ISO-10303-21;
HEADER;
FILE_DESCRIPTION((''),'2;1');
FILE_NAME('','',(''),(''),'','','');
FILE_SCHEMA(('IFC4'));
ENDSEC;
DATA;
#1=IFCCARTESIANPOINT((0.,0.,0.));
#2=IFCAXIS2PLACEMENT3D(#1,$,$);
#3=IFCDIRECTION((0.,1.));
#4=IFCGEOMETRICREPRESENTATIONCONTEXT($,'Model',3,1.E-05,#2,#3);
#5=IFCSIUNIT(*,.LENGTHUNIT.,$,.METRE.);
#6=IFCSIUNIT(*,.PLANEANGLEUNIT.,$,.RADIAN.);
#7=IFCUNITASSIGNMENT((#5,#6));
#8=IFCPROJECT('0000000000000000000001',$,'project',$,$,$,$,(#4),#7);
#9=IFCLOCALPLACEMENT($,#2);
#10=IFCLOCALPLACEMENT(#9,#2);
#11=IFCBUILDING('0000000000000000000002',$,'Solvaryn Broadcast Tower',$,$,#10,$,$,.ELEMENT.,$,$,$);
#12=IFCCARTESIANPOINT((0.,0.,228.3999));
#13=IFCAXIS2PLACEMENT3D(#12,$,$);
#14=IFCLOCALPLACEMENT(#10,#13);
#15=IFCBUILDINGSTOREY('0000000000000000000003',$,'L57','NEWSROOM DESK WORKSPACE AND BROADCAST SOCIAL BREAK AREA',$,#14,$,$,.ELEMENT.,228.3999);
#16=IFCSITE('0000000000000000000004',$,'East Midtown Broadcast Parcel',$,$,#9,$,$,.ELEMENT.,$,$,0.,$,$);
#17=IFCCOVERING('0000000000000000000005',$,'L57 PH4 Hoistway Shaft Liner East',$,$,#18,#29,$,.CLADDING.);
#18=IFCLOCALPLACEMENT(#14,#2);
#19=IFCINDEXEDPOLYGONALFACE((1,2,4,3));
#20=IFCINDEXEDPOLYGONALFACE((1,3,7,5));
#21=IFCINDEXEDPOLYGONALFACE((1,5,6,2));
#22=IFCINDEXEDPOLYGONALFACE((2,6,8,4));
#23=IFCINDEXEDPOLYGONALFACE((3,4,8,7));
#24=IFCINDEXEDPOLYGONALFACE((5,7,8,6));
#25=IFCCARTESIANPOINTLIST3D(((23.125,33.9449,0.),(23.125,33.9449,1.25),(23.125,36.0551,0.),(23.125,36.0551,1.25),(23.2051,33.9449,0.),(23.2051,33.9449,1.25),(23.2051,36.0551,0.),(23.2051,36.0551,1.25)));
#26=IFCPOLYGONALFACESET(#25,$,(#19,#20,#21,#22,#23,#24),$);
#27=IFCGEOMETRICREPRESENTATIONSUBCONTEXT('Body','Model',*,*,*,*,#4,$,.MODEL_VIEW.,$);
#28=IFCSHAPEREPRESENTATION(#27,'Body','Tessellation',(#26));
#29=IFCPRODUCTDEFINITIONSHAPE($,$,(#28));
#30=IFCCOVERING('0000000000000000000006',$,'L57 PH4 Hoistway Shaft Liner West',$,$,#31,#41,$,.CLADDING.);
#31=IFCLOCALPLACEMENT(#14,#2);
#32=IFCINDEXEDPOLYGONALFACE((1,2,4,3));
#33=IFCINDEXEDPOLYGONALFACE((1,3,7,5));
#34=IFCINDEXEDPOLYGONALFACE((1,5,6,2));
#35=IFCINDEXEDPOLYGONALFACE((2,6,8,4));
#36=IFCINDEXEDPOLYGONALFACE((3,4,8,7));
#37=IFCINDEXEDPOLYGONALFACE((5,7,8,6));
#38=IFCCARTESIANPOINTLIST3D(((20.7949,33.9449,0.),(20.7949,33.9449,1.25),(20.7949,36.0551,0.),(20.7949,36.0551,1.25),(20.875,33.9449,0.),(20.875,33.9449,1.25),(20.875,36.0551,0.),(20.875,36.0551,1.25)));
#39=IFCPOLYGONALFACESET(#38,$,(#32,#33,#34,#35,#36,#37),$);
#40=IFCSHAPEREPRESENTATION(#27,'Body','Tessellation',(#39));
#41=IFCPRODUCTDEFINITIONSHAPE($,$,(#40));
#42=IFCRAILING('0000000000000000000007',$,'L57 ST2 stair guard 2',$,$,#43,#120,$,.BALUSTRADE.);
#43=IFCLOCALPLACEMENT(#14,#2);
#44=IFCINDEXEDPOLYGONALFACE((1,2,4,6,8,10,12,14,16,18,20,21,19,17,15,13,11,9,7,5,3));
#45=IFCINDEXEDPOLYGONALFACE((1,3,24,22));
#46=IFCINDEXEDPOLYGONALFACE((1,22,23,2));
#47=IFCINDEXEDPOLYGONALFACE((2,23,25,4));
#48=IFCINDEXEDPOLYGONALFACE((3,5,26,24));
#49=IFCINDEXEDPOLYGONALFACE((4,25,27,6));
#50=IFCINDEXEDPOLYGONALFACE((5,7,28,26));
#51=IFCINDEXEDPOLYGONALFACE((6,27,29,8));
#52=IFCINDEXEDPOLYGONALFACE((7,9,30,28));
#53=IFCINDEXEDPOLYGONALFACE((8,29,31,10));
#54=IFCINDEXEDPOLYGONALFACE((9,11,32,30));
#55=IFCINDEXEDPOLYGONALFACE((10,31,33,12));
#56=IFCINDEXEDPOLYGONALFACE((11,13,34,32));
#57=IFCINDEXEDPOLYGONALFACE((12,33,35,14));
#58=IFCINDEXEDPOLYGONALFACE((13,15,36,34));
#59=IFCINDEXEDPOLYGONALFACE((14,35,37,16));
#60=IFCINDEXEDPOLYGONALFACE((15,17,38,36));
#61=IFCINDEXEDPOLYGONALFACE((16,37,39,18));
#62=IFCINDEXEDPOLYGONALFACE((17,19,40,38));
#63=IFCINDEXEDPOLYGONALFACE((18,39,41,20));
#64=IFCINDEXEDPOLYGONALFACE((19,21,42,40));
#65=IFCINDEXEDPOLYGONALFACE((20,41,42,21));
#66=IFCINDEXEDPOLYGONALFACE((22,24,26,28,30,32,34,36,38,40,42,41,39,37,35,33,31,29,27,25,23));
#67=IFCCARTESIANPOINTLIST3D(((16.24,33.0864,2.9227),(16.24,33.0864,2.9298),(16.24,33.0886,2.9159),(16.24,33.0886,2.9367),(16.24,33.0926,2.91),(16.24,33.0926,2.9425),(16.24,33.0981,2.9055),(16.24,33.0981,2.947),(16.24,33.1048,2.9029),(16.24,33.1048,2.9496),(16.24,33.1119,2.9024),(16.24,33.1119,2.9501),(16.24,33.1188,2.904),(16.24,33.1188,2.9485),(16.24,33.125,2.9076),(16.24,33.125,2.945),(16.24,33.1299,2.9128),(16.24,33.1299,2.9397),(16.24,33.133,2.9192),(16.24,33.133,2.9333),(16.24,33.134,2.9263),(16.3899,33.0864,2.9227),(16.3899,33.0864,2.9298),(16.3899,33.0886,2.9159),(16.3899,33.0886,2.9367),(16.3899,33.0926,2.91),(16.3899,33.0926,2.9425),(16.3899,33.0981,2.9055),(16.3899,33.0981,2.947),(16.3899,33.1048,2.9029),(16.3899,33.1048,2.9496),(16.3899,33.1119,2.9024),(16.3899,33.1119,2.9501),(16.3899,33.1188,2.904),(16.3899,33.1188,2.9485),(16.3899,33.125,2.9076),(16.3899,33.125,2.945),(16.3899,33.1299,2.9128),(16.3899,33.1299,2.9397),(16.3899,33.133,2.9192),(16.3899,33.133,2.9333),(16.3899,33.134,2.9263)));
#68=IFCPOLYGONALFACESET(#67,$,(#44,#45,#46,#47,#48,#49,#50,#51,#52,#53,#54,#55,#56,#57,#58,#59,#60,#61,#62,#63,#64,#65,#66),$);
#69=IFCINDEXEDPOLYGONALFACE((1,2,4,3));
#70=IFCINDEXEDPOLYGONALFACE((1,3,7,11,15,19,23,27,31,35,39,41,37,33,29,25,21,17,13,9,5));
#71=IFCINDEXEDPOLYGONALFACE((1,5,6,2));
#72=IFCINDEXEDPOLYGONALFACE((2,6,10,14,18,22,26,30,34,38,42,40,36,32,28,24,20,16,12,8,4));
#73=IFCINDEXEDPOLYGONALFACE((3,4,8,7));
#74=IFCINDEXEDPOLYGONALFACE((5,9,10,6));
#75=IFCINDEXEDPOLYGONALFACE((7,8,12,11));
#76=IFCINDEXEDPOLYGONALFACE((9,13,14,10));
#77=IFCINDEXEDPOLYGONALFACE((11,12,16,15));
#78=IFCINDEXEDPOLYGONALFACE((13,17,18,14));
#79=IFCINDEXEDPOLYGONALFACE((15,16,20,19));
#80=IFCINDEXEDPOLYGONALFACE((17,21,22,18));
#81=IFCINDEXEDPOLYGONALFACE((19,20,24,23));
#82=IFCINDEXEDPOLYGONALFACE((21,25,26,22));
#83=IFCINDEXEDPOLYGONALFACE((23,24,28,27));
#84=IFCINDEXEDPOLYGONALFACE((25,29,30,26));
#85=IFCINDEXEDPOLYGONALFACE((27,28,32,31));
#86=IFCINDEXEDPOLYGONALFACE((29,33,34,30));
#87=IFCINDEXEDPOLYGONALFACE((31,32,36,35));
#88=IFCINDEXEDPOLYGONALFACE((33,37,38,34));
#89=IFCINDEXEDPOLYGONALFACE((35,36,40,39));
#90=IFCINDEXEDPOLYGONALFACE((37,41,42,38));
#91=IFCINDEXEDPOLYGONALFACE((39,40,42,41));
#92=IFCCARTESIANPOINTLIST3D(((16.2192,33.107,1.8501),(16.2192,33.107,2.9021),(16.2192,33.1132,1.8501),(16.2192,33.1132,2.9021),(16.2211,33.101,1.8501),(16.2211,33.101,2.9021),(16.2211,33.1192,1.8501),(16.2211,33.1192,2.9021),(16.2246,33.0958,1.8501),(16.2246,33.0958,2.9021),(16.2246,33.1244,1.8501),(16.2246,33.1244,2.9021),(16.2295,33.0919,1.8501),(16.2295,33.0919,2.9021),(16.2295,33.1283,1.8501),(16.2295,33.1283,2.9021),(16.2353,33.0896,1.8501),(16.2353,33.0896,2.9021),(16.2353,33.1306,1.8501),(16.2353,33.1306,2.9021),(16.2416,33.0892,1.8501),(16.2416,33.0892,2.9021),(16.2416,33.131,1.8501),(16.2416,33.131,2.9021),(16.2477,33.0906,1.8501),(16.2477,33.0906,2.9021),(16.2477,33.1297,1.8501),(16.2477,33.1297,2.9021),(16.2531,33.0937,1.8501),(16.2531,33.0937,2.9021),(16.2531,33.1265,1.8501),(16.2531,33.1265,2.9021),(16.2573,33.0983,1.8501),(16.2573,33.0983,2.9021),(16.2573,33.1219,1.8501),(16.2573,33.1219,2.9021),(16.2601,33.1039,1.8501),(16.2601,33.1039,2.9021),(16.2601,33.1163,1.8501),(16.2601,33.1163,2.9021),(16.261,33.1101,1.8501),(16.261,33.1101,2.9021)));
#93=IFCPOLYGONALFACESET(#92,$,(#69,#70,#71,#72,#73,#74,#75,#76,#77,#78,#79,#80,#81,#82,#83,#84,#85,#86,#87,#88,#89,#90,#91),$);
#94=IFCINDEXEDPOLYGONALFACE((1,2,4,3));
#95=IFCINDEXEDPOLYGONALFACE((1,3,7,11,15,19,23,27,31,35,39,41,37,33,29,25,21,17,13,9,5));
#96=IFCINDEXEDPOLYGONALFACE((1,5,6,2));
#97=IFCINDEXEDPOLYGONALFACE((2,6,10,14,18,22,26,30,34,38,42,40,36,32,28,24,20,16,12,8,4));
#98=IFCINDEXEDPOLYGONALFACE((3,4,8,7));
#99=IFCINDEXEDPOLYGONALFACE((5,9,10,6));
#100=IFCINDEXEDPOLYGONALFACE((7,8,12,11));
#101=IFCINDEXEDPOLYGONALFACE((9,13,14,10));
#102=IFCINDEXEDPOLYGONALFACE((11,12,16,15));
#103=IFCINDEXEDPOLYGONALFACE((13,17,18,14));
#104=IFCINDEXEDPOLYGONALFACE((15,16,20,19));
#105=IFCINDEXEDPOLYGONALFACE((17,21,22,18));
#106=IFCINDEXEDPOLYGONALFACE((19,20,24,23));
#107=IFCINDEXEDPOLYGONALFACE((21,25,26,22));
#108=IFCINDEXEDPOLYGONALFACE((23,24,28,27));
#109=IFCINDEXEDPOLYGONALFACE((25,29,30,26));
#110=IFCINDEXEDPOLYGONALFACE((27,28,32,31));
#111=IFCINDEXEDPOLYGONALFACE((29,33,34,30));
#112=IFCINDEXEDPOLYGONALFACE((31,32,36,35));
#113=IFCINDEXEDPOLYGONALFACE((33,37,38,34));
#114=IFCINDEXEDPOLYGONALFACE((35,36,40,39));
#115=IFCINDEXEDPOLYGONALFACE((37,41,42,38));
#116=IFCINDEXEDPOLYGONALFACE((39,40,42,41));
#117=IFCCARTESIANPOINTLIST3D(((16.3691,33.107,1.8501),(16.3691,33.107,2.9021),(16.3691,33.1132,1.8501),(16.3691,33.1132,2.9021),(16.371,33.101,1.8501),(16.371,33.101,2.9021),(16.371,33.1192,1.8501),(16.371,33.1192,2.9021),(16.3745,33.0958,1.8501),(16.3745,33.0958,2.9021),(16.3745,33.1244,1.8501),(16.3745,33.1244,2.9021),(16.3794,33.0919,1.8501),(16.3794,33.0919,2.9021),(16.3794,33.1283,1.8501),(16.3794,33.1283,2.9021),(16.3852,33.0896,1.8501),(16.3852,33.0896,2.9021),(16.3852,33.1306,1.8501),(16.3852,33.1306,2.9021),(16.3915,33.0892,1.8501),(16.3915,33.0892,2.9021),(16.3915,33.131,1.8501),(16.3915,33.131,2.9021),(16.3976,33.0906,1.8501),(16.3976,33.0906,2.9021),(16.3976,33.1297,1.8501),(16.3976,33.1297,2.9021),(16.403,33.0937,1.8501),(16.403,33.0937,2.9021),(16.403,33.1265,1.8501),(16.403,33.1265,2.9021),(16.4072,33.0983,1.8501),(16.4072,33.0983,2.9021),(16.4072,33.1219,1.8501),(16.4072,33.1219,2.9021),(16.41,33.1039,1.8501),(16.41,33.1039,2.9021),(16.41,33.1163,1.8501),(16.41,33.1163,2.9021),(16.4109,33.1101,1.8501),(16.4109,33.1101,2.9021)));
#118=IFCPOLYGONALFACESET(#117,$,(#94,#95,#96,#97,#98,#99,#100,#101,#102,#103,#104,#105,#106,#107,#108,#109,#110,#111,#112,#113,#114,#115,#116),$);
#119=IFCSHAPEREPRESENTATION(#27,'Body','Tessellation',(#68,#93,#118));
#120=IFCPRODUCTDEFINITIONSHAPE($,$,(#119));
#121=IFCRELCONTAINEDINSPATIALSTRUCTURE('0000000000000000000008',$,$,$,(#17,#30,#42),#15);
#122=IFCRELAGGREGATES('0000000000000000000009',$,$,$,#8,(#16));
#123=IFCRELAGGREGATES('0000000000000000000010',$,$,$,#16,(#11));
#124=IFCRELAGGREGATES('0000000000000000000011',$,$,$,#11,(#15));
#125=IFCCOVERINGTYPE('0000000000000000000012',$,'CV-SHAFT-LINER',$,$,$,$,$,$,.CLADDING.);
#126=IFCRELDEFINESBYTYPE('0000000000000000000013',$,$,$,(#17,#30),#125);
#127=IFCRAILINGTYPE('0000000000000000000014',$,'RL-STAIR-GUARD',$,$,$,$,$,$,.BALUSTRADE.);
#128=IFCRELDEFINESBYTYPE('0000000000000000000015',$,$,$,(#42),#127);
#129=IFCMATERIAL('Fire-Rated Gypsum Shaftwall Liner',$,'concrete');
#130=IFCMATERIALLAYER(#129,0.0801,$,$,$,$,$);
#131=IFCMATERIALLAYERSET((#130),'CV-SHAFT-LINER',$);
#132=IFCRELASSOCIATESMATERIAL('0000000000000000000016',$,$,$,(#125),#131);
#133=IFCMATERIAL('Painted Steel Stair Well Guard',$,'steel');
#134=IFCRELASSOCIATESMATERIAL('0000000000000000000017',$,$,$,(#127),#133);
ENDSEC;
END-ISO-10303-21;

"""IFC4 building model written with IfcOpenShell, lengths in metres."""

from ifc_helpers import new_model, si_unit, direction, frame, origin, origin_2d, place, context, subcontext, project, spatial, rectangle, circle, extrude, material, layer, layer_set, type_object, element, save


model = new_model("IFC4")

# Units and contexts
model_context = context("Model", 3, precision=1e-05, world=origin(), true_north=direction((0.0, 1.0)))
body_context = subcontext(model_context, "Body", "Model", "MODEL_VIEW")
ifc_project = project(units=[si_unit("LENGTHUNIT", "METRE"), si_unit("PLANEANGLEUNIT", "RADIAN")], contexts=[model_context])

# Site, building, storey
site_placement = place(None, origin())
site = spatial("IfcSite", under=ifc_project, at=site_placement, Name="East Midtown Broadcast Parcel", CompositionType="ELEMENT", RefElevation=0.0)
building_placement = place(site_placement, origin())
building = spatial("IfcBuilding", under=site, at=building_placement, Name="Solvaryn Broadcast Tower", CompositionType="ELEMENT")
storey_placement = place(building_placement, frame((0.0, 0.0, 228.3999)))
storey = spatial("IfcBuildingStorey", under=building, at=storey_placement, Name="L57", Description="NEWSROOM DESK WORKSPACE AND BROADCAST SOCIAL BREAK AREA", CompositionType="ELEMENT", Elevation=228.3999)

# Coverings
ifc_material_1 = material(Name="Fire-Rated Gypsum Shaftwall Liner", Category="concrete")
ifc_layer_1 = layer(ifc_material_1, 0.0801)
ifc_layer_set_1 = layer_set([ifc_layer_1], Name="CV-SHAFT-LINER")
covering_type = type_object("IfcCoveringType", Name="CV-SHAFT-LINER", PredefinedType="CLADDING", material=ifc_layer_set_1)
for number, where, z_axis, x_axis, name in (
    (1, (23.165, 35.0, 0.0), (0.0, 0.0, 1.0), (1.0, 0.0, 0.0), "L57 PH4 Hoistway Shaft Liner East"),
    (2, (20.835, 35.0, 0.0), (0.0, 0.0, 1.0), (1.0, 0.0, 0.0), "L57 PH4 Hoistway Shaft Liner West"),
):
    element("IfcCovering", number, at=place(storey_placement, frame(where, z_axis=z_axis, x_axis=x_axis)), inside=storey, type_object=covering_type, Name=name, PredefinedType="CLADDING", context=body_context, shape_type="SweptSolid", body=[
        extrude(rectangle(XDim=0.0801, YDim=2.1101, at=origin_2d()), origin(), (0.0, 0.0, 1.0), 1.25),
    ])

# Railing
ifc_material_2 = material(Name="Painted Steel Stair Well Guard", Category="steel")
railing_type_1 = type_object("IfcRailingType", Name="RL-STAIR-GUARD", PredefinedType="BALUSTRADE", material=ifc_material_2)
railing_1_placement = place(storey_placement, frame((16.24, 33.1101, 1.8501)))
element("IfcRailing", 3, at=railing_1_placement, inside=storey, type_object=railing_type_1, Name="L57 ST2 stair guard 2", PredefinedType="BALUSTRADE", context=body_context, shape_type="SweptSolid", body=[
    extrude(circle(Radius=0.0239, at=origin_2d()), frame((0.0, 0.0, 1.0762), z_axis=(1.0, 0.0, 0.0), x_axis=(0.0, 1.0, 0.0)), (0.0, 0.0, 1.0), 0.1499),
    extrude(circle(Radius=0.021, at=origin_2d()), origin(), (0.0, 0.0, 1.0), 1.052),
    extrude(circle(Radius=0.021, at=origin_2d()), frame((0.1499, 0.0, 0.0)), (0.0, 0.0, 1.0), 1.052),
])

save(model, "model.ifc")
